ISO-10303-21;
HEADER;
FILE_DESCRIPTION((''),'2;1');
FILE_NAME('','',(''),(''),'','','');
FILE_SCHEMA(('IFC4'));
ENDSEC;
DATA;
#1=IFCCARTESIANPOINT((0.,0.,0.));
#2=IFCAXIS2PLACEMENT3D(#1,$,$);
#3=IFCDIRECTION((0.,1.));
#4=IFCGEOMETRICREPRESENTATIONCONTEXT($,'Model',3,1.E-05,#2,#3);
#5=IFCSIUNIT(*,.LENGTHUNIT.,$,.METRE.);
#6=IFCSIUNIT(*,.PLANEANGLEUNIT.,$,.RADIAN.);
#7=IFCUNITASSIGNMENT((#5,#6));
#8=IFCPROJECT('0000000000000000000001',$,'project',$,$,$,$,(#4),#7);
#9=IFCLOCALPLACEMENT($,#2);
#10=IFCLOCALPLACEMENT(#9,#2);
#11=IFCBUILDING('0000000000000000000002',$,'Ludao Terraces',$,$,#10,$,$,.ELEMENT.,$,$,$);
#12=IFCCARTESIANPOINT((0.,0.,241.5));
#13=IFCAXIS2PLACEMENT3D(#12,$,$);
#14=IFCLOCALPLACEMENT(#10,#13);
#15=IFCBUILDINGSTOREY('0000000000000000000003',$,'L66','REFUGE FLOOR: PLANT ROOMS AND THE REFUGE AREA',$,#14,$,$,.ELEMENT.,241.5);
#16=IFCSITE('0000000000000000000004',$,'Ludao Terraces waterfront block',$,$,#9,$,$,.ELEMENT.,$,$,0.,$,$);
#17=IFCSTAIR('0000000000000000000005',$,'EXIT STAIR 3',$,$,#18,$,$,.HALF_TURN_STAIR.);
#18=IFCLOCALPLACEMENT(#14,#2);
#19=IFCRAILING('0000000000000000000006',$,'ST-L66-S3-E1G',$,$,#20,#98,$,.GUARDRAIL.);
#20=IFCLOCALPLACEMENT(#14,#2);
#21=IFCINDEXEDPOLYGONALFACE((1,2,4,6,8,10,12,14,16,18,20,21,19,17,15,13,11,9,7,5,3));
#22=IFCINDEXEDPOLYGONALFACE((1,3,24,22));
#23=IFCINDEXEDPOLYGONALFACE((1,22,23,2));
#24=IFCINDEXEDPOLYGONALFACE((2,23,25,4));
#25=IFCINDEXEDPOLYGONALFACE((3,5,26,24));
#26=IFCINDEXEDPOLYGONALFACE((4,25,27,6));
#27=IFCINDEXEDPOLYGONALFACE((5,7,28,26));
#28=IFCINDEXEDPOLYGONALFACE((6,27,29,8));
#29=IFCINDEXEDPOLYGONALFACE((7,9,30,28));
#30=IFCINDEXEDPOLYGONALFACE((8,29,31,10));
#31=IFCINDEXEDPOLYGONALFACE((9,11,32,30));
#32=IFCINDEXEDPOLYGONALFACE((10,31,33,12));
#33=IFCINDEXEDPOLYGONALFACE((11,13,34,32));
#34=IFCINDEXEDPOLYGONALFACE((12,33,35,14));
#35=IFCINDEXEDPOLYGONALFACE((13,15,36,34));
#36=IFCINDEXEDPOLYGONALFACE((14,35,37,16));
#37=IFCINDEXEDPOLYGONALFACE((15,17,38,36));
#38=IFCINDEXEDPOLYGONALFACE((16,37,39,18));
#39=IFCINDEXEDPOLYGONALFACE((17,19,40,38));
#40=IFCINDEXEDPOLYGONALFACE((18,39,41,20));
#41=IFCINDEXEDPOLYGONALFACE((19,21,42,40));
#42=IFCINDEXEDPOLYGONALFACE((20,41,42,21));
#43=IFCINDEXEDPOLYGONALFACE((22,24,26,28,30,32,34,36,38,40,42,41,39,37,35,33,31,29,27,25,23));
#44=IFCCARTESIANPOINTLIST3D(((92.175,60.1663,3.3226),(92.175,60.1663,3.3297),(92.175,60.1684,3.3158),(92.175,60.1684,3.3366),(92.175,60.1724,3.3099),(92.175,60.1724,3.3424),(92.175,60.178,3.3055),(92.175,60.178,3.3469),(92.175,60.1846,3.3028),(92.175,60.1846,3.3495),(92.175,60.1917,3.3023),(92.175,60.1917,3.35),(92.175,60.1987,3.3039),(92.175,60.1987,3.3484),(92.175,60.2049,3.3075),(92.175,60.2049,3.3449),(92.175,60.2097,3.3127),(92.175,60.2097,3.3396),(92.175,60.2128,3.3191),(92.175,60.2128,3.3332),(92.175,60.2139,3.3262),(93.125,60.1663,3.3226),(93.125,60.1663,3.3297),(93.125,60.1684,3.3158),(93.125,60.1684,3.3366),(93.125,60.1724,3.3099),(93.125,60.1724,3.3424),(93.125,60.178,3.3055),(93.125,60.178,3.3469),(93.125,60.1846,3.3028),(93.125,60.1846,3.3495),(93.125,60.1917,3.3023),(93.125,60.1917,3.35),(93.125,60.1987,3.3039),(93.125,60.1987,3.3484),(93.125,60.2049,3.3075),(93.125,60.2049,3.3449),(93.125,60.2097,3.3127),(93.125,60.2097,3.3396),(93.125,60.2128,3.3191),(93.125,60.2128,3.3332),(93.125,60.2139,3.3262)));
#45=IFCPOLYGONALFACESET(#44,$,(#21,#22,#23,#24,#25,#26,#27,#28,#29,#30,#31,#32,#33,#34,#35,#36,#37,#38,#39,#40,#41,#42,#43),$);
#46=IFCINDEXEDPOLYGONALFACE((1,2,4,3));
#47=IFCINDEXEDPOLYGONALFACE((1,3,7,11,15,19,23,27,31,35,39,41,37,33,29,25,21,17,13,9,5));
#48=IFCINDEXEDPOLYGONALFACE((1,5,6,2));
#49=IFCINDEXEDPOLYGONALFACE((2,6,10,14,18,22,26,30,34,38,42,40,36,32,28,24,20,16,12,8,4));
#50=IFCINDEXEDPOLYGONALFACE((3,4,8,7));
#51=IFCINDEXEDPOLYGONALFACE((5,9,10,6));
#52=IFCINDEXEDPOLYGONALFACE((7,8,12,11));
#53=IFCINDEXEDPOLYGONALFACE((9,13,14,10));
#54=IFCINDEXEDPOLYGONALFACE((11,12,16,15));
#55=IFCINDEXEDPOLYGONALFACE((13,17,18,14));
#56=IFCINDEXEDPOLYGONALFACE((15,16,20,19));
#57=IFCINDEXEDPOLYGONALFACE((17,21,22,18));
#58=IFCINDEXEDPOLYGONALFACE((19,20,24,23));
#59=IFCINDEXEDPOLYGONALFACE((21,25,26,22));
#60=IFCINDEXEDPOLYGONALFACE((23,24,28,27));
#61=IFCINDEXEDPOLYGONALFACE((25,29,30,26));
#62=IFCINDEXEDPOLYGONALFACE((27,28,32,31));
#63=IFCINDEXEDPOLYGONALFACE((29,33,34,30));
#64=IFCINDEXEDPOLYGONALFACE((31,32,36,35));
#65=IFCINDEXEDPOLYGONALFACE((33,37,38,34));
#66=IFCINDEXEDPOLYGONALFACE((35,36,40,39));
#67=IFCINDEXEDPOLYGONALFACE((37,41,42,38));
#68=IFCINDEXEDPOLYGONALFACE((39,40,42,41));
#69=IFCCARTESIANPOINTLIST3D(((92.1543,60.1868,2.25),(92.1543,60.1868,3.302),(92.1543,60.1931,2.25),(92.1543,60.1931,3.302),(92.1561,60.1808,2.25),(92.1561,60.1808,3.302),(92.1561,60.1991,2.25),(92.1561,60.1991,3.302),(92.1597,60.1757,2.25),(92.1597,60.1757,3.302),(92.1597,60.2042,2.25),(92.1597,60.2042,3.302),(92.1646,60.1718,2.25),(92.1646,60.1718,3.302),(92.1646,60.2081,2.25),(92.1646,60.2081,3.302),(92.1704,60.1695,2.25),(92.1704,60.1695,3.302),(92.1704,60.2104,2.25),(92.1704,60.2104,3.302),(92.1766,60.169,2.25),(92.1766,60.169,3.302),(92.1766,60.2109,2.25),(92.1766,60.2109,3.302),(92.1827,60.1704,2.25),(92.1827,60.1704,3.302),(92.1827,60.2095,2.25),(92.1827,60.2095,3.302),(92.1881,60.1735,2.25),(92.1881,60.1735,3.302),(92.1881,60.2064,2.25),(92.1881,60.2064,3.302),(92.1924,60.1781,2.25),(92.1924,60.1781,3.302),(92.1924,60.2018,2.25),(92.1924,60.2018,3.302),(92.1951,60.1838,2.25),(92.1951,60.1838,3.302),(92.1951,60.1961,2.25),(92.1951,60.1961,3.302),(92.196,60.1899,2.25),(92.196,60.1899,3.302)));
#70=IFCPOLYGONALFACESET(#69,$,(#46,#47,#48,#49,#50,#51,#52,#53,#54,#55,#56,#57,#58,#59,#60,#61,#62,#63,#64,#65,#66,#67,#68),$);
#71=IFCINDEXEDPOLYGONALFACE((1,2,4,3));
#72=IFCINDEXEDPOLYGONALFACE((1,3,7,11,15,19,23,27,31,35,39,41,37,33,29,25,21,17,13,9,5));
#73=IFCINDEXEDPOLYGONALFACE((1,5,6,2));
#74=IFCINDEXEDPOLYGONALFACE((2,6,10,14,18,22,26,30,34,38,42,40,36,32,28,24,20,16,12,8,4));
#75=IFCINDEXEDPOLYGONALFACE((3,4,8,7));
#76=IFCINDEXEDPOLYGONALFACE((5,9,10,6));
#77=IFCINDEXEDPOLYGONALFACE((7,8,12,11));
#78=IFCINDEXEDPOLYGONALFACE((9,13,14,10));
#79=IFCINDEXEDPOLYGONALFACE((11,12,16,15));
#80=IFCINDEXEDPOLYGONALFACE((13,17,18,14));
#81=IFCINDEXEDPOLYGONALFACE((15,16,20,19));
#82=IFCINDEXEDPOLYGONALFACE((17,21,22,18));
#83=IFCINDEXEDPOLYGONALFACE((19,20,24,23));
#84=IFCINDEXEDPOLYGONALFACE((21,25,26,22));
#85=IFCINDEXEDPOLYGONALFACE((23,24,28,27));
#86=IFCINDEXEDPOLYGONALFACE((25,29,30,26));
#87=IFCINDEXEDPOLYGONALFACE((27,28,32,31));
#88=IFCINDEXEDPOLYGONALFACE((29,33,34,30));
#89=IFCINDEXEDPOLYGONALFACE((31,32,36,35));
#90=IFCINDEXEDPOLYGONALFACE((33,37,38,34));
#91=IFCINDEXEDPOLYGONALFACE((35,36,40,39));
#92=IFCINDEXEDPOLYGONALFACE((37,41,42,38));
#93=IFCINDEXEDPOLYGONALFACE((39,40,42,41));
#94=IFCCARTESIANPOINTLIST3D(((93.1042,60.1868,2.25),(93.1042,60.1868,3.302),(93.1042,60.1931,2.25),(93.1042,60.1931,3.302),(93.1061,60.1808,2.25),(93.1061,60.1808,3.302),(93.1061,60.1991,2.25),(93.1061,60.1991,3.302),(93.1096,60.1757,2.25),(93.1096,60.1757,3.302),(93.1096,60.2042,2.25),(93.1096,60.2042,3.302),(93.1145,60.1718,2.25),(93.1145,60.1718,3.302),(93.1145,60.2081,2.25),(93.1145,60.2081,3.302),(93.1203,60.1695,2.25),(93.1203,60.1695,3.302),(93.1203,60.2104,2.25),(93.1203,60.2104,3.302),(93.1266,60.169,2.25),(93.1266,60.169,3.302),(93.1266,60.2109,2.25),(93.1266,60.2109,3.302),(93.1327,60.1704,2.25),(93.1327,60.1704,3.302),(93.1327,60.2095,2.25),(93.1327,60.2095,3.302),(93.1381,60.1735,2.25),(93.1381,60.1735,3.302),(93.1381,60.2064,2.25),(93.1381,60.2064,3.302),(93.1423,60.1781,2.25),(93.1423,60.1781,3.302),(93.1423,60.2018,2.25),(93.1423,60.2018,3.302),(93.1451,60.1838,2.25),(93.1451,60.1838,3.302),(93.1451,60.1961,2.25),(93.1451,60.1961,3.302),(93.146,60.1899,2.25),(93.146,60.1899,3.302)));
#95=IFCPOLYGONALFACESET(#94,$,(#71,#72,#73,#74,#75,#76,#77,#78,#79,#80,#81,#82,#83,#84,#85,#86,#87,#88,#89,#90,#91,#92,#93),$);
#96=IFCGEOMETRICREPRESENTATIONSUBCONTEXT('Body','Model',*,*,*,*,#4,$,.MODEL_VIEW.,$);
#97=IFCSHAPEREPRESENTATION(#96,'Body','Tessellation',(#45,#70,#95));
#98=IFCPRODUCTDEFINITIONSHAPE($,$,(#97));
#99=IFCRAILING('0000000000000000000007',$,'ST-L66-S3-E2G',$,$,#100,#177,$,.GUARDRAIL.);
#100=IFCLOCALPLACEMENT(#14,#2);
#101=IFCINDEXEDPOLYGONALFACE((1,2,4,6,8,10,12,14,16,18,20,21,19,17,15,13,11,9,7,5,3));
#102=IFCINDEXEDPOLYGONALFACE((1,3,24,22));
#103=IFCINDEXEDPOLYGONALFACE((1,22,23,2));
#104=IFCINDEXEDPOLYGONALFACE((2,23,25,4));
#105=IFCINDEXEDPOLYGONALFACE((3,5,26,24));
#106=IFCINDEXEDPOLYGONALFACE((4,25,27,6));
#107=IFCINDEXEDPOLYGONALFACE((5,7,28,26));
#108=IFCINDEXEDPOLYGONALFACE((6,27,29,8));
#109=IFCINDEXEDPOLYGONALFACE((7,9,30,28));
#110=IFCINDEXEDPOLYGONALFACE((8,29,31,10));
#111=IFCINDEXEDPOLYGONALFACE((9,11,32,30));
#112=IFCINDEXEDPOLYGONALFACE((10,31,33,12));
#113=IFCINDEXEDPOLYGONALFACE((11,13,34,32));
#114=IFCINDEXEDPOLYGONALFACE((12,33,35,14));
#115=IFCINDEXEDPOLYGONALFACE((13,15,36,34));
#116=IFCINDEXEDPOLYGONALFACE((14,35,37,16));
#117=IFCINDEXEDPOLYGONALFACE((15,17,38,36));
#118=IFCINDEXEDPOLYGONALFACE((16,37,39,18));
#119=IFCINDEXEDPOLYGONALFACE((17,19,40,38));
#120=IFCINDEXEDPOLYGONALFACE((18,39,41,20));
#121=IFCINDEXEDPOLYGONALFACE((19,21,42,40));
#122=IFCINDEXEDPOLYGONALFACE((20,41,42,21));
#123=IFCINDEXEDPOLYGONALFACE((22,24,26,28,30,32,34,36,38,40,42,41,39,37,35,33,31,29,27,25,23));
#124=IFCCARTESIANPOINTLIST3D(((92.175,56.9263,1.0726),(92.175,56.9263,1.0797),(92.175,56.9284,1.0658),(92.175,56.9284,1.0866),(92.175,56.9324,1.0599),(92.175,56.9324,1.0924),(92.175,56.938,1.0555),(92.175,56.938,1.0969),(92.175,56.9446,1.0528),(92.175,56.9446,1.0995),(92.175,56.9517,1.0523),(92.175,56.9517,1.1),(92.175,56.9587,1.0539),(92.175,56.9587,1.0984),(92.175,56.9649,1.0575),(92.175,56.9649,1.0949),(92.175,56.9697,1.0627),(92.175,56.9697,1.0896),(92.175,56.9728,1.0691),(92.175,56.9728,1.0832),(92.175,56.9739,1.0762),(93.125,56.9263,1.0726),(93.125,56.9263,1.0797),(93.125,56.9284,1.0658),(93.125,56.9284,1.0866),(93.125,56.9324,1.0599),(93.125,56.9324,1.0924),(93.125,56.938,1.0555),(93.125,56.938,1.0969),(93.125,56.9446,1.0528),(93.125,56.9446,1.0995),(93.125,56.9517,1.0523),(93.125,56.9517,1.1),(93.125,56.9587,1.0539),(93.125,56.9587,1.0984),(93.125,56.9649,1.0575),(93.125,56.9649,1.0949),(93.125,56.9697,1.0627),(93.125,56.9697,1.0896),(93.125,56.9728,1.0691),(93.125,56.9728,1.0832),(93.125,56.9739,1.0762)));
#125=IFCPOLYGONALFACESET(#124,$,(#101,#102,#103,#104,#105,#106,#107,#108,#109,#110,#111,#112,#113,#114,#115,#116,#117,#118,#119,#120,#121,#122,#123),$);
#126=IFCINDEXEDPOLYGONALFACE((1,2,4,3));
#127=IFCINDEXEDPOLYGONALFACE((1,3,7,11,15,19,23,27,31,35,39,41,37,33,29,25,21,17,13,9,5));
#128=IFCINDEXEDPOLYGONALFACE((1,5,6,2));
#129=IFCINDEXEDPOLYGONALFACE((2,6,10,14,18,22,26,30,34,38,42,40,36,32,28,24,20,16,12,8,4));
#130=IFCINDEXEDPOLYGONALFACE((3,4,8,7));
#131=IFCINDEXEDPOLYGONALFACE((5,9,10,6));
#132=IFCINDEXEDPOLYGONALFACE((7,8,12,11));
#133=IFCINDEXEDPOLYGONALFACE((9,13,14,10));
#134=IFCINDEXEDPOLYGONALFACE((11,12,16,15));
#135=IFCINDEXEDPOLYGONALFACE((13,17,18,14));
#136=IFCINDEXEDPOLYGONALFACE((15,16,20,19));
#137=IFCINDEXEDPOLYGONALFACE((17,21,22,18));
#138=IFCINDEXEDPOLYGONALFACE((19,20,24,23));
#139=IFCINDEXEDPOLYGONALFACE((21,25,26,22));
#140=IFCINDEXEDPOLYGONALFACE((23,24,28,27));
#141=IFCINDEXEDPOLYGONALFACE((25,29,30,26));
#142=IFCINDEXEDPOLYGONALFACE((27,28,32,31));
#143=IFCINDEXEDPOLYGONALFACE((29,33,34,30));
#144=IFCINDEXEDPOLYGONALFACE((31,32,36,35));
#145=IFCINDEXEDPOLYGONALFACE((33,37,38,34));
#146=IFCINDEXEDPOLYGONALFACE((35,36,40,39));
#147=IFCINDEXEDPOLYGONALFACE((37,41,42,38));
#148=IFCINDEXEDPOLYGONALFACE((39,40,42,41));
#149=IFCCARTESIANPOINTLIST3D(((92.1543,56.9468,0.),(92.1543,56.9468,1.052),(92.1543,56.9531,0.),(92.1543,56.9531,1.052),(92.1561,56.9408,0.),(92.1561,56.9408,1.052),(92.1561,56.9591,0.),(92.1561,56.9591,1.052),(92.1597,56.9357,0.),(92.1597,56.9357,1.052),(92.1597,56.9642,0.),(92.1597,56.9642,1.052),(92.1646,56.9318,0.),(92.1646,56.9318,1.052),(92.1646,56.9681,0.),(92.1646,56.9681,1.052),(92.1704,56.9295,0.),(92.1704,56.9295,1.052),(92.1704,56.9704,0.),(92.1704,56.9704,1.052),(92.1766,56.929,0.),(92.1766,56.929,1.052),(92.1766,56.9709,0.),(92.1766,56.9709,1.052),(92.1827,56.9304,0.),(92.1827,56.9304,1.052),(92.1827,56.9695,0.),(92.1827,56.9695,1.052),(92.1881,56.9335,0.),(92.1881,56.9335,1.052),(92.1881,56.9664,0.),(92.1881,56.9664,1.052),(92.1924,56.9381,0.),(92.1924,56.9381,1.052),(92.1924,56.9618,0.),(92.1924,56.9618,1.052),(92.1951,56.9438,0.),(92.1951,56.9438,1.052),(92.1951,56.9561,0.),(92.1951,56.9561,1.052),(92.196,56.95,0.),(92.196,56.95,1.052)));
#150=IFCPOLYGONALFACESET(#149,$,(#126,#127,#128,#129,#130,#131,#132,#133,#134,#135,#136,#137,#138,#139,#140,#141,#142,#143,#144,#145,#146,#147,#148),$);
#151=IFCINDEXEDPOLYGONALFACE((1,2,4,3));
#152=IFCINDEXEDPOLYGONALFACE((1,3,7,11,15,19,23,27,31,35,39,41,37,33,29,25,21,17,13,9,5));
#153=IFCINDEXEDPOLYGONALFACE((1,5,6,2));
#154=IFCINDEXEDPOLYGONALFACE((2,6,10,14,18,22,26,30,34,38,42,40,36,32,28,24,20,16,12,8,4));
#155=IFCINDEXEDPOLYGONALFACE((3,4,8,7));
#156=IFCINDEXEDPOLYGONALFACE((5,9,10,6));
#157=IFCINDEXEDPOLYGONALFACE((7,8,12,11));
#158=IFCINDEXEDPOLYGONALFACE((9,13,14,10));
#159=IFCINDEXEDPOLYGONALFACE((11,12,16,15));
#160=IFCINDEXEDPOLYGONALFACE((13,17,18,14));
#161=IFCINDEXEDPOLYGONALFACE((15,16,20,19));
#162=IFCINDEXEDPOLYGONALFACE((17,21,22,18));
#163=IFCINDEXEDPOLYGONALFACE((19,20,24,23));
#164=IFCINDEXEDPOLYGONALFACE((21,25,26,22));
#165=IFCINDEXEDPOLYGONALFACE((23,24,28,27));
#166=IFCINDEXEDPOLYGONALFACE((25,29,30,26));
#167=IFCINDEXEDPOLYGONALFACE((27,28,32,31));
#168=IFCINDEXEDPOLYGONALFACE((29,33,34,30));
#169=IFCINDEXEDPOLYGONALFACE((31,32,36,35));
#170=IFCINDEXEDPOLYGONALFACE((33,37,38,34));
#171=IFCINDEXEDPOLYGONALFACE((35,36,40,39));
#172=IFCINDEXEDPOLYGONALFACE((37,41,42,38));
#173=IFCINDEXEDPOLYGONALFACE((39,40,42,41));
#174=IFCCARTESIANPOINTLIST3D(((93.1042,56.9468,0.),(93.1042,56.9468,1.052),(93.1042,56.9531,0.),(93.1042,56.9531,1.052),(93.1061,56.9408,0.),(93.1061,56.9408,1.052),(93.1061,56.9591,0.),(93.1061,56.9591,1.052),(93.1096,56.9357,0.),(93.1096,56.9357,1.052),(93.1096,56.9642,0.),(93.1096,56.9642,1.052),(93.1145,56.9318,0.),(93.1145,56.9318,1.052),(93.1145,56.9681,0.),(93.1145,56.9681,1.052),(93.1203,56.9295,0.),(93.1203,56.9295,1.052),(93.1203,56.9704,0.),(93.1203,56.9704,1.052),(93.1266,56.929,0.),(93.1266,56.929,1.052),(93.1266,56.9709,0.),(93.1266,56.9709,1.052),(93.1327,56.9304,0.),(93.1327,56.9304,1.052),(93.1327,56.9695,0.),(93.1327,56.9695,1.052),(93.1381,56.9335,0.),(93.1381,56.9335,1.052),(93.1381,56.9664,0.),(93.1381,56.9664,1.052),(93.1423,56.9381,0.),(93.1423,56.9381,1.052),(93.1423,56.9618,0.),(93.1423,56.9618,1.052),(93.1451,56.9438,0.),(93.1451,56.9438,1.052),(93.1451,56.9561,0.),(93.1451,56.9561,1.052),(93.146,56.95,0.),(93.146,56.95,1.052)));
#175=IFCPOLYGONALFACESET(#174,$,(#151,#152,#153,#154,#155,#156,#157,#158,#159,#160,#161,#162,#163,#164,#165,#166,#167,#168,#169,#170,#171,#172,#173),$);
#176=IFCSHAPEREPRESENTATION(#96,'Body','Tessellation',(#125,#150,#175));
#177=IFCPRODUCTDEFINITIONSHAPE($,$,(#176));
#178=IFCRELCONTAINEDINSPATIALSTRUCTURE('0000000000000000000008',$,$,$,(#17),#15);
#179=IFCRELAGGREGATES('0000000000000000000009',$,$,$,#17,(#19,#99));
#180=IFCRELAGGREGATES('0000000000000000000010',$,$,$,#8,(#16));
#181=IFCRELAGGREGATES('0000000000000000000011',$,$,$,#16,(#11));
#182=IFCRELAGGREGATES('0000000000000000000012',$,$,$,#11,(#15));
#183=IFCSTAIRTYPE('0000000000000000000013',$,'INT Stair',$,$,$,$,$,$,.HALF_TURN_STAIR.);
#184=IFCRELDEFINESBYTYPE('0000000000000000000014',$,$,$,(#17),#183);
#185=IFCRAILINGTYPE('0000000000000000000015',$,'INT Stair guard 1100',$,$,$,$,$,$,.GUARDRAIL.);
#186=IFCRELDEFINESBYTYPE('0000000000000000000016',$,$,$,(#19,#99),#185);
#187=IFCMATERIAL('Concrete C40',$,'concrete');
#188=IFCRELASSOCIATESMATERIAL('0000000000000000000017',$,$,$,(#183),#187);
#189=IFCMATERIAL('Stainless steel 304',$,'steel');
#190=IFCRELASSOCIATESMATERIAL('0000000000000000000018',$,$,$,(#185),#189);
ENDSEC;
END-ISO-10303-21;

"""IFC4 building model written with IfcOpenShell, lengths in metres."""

from ifc_helpers import new_model, si_unit, direction, frame, origin, origin_2d, place, context, subcontext, project, spatial, circle, extrude, material, type_object, element, aggregate, save


model = new_model("IFC4")

# Units and contexts
model_context = context("Model", 3, precision=1e-05, world=origin(), true_north=direction((0.0, 1.0)))
body_context = subcontext(model_context, "Body", "Model", "MODEL_VIEW")
ifc_project = project(units=[si_unit("LENGTHUNIT", "METRE"), si_unit("PLANEANGLEUNIT", "RADIAN")], contexts=[model_context])

# Site, building, storey
site_placement = place(None, origin())
site = spatial("IfcSite", under=ifc_project, at=site_placement, Name="Ludao Terraces waterfront block", CompositionType="ELEMENT", RefElevation=0.0)
building_placement = place(site_placement, origin())
building = spatial("IfcBuilding", under=site, at=building_placement, Name="Ludao Terraces", CompositionType="ELEMENT")
storey_placement = place(building_placement, frame((0.0, 0.0, 241.5)))
storey = spatial("IfcBuildingStorey", under=building, at=storey_placement, Name="L66", Description="REFUGE FLOOR: PLANT ROOMS AND THE REFUGE AREA", CompositionType="ELEMENT", Elevation=241.5)

# Stair, railings
ifc_material_1 = material(Name="Concrete C40", Category="concrete")
stair_type = type_object("IfcStairType", Name="INT Stair", PredefinedType="HALF_TURN_STAIR", material=ifc_material_1)
stair_placement = place(storey_placement, origin())
stair = element("IfcStair", 1, at=stair_placement, inside=storey, type_object=stair_type, Name="EXIT STAIR 3", PredefinedType="HALF_TURN_STAIR")
ifc_material_2 = material(Name="Stainless steel 304", Category="steel")
railing_type_1 = type_object("IfcRailingType", Name="INT Stair guard 1100", PredefinedType="GUARDRAIL", material=ifc_material_2)
railing_1_placement = place(storey_placement, frame((92.175, 60.1899, 2.25)))
railing_1 = element("IfcRailing", 2, at=railing_1_placement, type_object=railing_type_1, Name="ST-L66-S3-E1G", PredefinedType="GUARDRAIL", context=body_context, shape_type="SweptSolid", body=[
    extrude(circle(Radius=0.0239, at=origin_2d()), frame((0.0, 0.0, 1.0762), z_axis=(1.0, 0.0, 0.0), x_axis=(0.0, 1.0, 0.0)), (0.0, 0.0, 1.0), 0.95),
    extrude(circle(Radius=0.021, at=origin_2d()), origin(), (0.0, 0.0, 1.0), 1.052),
    extrude(circle(Radius=0.021, at=origin_2d()), frame((0.95, 0.0, 0.0)), (0.0, 0.0, 1.0), 1.052),
])
railing_2_placement = place(storey_placement, frame((92.175, 56.95, 0.0)))
railing_2 = element("IfcRailing", 3, at=railing_2_placement, type_object=railing_type_1, Name="ST-L66-S3-E2G", PredefinedType="GUARDRAIL", context=body_context, shape_type="SweptSolid", body=[
    extrude(circle(Radius=0.0239, at=origin_2d()), frame((0.0, 0.0, 1.0762), z_axis=(1.0, 0.0, 0.0), x_axis=(0.0, 1.0, 0.0)), (0.0, 0.0, 1.0), 0.95),
    extrude(circle(Radius=0.021, at=origin_2d()), origin(), (0.0, 0.0, 1.0), 1.052),
    extrude(circle(Radius=0.021, at=origin_2d()), frame((0.95, 0.0, 0.0)), (0.0, 0.0, 1.0), 1.052),
])
aggregate(stair, [railing_1, railing_2])

save(model, "model.ifc")
